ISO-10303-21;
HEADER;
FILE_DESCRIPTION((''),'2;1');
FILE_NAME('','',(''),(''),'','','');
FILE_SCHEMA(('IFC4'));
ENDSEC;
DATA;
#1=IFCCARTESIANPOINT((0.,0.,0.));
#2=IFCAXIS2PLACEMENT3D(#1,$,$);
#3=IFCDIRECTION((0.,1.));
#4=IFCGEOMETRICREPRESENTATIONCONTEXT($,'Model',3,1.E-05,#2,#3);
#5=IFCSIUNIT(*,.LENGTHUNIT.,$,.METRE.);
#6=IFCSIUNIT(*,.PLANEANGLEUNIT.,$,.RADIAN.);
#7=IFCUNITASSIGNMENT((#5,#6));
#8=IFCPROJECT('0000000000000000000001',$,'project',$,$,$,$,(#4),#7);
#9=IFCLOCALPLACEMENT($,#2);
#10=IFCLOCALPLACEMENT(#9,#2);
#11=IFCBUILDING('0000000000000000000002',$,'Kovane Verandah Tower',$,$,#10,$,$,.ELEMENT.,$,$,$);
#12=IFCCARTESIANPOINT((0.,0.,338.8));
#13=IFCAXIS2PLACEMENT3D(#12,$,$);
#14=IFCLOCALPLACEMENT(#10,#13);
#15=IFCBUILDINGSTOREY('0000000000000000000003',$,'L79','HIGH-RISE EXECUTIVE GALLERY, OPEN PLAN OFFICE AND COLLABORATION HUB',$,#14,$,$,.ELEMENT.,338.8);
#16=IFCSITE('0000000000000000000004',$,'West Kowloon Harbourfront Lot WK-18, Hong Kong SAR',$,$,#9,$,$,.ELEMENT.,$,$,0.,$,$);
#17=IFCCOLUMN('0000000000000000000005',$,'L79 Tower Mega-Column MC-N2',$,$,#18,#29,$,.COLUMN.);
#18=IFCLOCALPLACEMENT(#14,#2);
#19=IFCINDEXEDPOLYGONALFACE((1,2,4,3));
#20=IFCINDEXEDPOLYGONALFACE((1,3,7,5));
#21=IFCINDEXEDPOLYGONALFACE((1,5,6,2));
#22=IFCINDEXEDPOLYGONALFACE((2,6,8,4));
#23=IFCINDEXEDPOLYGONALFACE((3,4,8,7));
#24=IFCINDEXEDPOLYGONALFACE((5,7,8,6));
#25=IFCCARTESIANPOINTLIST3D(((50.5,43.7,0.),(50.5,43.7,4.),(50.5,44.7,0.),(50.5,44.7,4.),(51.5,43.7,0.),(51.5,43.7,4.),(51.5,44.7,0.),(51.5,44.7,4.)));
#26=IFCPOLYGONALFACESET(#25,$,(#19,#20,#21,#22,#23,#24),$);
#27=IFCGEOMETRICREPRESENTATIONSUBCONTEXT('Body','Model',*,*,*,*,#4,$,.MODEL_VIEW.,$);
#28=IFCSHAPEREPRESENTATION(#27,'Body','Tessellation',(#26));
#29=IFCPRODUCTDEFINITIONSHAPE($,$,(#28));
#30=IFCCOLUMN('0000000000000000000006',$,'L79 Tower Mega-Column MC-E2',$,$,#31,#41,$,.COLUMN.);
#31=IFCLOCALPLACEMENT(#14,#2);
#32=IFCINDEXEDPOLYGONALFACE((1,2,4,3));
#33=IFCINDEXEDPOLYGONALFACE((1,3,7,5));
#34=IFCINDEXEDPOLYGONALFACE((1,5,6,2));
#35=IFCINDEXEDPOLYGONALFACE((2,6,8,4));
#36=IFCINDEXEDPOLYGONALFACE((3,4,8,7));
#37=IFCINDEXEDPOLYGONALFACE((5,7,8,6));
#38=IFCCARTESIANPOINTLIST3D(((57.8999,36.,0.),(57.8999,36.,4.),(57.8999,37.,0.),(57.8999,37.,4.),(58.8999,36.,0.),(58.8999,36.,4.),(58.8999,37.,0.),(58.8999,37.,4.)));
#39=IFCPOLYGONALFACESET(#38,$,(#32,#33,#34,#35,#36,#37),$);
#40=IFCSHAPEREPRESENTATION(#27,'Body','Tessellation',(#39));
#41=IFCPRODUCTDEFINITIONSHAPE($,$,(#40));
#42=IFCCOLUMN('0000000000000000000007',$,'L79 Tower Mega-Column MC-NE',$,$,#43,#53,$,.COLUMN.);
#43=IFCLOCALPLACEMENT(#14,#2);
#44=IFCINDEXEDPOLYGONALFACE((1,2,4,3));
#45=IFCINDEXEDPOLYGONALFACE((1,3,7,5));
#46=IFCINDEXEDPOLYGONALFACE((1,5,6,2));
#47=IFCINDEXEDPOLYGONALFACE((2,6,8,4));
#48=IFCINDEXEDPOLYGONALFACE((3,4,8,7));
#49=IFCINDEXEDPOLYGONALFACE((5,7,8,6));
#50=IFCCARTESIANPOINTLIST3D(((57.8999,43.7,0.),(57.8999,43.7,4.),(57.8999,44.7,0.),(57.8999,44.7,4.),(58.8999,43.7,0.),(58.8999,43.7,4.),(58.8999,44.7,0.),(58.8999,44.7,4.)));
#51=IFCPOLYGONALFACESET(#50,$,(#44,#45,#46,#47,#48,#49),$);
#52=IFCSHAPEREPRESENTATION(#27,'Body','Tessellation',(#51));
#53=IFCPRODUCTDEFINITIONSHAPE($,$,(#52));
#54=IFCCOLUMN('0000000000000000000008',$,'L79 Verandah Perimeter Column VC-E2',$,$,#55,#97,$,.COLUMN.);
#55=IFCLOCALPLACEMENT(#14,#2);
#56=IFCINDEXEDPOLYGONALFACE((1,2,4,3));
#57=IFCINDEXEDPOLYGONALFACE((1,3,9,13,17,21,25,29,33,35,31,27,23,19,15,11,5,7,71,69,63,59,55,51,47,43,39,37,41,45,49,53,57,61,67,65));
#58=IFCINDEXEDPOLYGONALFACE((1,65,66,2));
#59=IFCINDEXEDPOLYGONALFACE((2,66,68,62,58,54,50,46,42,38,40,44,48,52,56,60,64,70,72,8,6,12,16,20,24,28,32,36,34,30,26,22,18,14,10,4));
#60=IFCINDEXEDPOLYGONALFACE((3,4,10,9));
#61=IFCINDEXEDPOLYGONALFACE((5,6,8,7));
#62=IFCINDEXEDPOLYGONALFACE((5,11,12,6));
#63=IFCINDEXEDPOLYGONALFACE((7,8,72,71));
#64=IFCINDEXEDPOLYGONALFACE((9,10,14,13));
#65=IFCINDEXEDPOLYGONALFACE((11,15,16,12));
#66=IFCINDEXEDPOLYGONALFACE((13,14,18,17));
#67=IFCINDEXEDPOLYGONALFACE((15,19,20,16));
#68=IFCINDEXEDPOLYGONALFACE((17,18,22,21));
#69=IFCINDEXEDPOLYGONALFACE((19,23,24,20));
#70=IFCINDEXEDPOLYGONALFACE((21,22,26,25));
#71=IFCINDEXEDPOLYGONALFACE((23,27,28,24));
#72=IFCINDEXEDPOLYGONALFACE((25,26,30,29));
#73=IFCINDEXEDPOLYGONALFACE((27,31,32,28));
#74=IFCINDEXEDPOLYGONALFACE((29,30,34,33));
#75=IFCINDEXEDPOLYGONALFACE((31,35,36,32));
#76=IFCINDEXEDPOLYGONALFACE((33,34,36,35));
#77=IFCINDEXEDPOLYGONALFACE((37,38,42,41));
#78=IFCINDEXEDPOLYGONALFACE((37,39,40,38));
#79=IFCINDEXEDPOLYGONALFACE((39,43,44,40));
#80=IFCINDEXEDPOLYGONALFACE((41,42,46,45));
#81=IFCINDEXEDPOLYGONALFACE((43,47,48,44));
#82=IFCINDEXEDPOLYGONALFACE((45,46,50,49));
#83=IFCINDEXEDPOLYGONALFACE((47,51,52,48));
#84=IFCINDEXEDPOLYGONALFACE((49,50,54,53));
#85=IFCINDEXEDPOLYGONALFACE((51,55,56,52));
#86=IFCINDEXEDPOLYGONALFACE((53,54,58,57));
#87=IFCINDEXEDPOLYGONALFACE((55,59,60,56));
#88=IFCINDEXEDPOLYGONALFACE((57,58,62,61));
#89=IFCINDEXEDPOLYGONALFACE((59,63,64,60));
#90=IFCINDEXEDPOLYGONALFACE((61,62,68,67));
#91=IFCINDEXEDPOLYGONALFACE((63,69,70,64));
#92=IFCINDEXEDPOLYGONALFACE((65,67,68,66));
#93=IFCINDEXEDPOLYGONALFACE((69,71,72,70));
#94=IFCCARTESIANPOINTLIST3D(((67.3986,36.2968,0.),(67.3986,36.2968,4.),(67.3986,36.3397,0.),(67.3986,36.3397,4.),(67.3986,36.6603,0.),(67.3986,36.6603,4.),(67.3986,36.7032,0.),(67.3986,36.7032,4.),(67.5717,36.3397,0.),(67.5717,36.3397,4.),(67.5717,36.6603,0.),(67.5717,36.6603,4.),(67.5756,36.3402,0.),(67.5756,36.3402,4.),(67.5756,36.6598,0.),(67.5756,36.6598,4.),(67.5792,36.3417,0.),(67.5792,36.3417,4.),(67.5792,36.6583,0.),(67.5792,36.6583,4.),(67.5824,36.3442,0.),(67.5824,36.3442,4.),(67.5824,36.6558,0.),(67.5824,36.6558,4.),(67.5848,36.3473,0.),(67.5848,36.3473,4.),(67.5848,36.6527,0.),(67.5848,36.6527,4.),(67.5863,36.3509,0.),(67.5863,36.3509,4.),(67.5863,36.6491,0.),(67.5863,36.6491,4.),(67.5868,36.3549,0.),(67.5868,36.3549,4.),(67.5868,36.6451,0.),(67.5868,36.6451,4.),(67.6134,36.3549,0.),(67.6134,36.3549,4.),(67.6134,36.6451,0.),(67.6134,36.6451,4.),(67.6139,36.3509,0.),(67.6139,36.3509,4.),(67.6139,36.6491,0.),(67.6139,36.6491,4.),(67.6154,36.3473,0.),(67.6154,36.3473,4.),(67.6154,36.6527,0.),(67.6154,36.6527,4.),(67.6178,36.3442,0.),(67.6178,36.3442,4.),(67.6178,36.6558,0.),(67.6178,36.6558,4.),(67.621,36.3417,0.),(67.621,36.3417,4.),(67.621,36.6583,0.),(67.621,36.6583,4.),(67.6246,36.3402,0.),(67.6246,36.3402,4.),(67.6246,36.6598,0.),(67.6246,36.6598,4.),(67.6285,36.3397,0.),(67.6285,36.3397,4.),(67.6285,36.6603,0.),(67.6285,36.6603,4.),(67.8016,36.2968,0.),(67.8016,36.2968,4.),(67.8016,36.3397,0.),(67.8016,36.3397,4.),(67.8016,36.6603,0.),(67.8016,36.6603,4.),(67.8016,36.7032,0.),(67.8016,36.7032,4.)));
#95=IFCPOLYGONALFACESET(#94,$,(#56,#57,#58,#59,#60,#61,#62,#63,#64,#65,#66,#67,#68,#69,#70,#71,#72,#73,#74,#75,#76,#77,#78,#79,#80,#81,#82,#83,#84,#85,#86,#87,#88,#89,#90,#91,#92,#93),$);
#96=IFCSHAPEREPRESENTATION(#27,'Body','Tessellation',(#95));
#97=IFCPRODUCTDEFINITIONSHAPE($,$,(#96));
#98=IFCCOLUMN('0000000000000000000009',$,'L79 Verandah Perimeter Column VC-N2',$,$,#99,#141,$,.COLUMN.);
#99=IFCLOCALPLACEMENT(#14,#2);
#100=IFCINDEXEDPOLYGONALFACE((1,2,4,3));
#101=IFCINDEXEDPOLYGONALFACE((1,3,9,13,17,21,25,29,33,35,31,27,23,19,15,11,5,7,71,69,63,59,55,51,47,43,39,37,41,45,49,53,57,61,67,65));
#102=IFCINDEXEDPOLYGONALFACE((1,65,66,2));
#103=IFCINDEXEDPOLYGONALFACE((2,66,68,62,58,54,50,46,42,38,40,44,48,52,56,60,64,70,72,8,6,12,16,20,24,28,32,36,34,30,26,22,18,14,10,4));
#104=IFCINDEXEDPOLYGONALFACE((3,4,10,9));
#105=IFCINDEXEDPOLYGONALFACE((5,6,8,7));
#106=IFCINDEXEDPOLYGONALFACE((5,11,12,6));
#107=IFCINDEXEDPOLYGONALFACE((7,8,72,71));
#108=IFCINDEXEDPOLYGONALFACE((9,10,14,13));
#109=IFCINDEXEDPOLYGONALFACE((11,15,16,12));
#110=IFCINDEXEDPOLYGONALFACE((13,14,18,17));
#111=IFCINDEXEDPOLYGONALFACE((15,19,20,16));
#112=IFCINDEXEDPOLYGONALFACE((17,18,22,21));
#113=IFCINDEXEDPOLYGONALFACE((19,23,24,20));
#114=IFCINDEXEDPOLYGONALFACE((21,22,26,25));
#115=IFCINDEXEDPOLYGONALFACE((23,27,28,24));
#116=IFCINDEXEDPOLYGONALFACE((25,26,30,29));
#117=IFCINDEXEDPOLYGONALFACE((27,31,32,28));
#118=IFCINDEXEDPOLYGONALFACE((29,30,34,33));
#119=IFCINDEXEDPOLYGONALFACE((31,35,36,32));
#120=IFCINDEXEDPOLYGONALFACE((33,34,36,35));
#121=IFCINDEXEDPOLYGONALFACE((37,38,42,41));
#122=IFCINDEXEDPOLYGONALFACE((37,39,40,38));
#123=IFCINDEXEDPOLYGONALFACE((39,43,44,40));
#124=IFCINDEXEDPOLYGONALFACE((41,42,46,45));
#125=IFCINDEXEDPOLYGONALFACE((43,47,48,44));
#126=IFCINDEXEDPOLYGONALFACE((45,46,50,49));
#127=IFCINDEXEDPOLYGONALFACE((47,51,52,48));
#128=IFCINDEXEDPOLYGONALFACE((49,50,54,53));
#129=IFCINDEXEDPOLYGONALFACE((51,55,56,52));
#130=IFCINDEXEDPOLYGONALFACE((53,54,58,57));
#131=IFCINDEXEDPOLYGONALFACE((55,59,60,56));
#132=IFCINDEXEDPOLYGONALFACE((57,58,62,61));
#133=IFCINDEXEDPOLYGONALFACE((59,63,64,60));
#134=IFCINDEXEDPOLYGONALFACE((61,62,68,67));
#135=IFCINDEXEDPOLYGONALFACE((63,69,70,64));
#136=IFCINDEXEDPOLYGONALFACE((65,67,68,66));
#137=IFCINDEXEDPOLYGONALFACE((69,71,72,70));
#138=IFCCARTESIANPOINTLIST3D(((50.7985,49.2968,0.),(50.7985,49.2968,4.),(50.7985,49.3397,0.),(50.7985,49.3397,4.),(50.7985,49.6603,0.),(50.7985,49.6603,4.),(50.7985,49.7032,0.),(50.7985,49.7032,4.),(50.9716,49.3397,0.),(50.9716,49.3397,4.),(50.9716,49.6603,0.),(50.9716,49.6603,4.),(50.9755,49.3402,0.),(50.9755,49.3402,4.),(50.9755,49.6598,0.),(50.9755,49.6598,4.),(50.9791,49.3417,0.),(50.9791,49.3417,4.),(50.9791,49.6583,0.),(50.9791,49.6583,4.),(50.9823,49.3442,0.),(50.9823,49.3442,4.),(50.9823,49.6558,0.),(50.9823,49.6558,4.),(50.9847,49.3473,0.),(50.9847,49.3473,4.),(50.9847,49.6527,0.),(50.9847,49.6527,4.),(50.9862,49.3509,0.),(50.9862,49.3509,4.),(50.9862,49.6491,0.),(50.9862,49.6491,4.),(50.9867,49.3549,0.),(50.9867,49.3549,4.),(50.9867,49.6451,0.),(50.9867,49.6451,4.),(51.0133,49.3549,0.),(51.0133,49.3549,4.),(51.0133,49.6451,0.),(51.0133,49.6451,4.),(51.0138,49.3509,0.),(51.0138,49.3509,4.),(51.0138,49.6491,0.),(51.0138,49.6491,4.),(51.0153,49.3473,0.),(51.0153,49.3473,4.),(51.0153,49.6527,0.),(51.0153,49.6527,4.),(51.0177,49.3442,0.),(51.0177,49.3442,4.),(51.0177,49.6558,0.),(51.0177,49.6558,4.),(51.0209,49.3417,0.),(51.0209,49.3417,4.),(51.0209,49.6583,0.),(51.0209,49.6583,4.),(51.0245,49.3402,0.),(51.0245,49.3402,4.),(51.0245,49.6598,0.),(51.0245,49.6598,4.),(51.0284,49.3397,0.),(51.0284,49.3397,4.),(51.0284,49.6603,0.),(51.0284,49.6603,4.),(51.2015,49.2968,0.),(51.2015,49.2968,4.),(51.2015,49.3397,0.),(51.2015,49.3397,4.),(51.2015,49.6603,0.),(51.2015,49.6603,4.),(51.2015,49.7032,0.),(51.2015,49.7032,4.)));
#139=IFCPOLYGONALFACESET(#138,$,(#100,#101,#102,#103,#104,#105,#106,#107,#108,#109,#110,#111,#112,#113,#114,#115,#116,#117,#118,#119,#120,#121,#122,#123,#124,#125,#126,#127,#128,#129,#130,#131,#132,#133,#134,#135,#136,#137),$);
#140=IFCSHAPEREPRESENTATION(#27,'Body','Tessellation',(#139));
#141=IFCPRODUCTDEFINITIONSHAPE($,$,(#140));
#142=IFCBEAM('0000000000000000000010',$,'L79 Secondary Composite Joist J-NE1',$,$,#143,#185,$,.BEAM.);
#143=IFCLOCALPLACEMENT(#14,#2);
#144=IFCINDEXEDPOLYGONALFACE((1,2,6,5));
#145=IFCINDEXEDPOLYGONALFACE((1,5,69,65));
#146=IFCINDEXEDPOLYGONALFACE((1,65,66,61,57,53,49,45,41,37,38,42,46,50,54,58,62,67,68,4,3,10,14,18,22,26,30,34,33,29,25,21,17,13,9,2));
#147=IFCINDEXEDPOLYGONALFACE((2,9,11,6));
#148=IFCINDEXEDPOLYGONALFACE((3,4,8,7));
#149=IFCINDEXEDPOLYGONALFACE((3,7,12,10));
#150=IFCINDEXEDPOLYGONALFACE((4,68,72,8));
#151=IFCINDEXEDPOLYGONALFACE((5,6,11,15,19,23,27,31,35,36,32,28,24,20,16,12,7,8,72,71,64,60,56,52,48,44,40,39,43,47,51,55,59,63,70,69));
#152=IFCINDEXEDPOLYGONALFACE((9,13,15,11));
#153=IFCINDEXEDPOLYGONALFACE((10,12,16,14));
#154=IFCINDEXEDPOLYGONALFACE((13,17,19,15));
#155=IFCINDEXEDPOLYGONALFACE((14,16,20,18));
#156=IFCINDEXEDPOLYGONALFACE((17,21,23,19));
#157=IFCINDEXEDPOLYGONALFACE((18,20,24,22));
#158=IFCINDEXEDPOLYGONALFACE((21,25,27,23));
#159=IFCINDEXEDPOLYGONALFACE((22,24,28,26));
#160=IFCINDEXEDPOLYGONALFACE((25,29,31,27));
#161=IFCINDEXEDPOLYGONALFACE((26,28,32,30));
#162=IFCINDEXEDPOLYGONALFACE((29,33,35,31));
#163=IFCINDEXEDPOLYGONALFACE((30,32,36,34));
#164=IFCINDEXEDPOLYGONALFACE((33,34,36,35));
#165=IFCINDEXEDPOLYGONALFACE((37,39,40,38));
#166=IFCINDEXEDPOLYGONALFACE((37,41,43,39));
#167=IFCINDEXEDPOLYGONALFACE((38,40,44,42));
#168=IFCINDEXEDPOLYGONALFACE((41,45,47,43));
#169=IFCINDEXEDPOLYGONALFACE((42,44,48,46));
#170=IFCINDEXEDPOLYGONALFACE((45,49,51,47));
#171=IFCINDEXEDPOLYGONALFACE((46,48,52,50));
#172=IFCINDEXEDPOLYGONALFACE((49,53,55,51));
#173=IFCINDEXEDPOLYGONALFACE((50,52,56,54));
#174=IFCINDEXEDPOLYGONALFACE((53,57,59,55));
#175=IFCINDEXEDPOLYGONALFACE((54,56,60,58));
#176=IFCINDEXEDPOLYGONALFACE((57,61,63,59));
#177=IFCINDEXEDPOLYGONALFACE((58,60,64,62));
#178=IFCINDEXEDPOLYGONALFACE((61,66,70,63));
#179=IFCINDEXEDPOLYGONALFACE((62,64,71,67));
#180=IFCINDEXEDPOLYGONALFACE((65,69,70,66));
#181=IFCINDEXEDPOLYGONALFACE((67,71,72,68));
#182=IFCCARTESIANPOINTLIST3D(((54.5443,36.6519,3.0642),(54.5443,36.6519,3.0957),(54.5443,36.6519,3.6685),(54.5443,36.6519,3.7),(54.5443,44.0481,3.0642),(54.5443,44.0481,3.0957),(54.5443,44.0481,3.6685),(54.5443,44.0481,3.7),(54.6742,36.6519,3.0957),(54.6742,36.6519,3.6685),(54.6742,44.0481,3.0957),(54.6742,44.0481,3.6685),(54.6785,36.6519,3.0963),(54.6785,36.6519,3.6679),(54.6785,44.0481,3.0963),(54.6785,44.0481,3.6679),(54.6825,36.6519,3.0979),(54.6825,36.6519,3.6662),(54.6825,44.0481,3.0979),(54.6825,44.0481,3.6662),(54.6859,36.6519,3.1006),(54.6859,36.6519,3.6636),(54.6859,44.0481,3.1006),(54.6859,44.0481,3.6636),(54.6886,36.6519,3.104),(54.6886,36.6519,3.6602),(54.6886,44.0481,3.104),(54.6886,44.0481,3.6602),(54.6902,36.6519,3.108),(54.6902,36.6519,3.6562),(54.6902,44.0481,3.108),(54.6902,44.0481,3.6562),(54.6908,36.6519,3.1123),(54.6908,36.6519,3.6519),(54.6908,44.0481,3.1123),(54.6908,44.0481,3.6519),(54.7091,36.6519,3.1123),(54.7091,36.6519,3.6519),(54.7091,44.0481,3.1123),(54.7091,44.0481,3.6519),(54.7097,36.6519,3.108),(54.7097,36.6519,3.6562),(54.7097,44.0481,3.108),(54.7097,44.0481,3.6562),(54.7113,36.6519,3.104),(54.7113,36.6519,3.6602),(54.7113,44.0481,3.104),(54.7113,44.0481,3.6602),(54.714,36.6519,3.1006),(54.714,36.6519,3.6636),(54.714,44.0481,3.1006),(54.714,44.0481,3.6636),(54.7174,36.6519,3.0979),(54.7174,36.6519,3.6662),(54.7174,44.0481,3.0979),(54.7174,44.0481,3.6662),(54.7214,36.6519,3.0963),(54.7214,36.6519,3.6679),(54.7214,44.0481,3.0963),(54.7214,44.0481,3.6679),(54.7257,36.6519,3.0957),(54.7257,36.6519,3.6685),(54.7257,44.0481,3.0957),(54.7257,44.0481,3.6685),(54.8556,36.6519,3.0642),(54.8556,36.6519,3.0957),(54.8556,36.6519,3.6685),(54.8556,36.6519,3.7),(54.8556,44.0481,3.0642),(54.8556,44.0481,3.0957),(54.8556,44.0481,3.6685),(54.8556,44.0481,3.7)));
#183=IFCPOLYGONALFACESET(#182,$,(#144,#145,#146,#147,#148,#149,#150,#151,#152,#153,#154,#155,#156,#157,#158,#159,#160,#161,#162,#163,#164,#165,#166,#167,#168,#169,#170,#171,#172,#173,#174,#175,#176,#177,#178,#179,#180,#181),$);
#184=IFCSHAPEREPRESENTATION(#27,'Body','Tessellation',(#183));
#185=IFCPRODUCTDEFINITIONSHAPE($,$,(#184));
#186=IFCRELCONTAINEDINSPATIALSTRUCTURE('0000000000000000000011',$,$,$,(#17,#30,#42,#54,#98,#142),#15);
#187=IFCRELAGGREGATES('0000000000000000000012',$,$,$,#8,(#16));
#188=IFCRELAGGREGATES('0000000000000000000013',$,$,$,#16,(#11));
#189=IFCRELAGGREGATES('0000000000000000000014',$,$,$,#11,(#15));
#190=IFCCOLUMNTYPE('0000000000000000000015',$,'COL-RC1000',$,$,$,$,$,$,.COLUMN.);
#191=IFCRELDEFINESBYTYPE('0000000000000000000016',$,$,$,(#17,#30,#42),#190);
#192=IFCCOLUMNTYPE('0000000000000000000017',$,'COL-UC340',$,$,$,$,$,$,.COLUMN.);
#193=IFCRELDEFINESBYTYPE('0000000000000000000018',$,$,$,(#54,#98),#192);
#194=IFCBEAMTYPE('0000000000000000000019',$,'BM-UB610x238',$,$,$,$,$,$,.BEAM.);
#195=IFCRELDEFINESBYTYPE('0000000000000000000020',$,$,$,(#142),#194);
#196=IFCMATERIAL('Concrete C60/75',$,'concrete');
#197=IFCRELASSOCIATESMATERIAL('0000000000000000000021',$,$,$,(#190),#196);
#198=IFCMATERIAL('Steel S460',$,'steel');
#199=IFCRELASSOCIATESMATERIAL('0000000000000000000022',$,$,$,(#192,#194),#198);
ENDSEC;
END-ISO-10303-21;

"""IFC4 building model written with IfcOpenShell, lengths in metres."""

from ifc_helpers import new_model, si_unit, direction, frame, origin, origin_2d, place, context, subcontext, project, spatial, rectangle, i_section, extrude, material, material_profile, profile_set, type_object, element, save


model = new_model("IFC4")

# Units and contexts
model_context = context("Model", 3, precision=1e-05, world=origin(), true_north=direction((0.0, 1.0)))
body_context = subcontext(model_context, "Body", "Model", "MODEL_VIEW")
ifc_project = project(units=[si_unit("LENGTHUNIT", "METRE"), si_unit("PLANEANGLEUNIT", "RADIAN")], contexts=[model_context])

# Site, building, storey
site_placement = place(None, origin())
site = spatial("IfcSite", under=ifc_project, at=site_placement, Name="West Kowloon Harbourfront Lot WK-18, Hong Kong SAR", CompositionType="ELEMENT", RefElevation=0.0)
building_placement = place(site_placement, origin())
building = spatial("IfcBuilding", under=site, at=building_placement, Name="Kovane Verandah Tower", CompositionType="ELEMENT")
storey_placement = place(building_placement, frame((0.0, 0.0, 338.8)))
storey = spatial("IfcBuildingStorey", under=building, at=storey_placement, Name="L79", Description="HIGH-RISE EXECUTIVE GALLERY, OPEN PLAN OFFICE AND COLLABORATION HUB", CompositionType="ELEMENT", Elevation=338.8)

# Columns
ifc_material_1 = material(Name="Concrete C60/75", Category="concrete")
ifc_material_profile_1 = material_profile(ifc_material_1, rectangle(XDim=1.0, YDim=1.0, at=origin_2d()), Name="RC1000x1000")
ifc_profile_set_1 = profile_set([ifc_material_profile_1], Name="Concrete C60/75")
column_type_1 = type_object("IfcColumnType", Name="COL-RC1000", PredefinedType="COLUMN", material=ifc_profile_set_1)
for number, where, z_axis, x_axis, name in (
    (1, (51.0, 44.2, 0.0), (0.0, 0.0, 1.0), (1.0, 0.0, 0.0), "L79 Tower Mega-Column MC-N2"),
    (2, (58.3999, 36.5, 0.0), (0.0, 0.0, 1.0), (1.0, 0.0, 0.0), "L79 Tower Mega-Column MC-E2"),
    (3, (58.3999, 44.2, 0.0), (0.0, 0.0, 1.0), (1.0, 0.0, 0.0), "L79 Tower Mega-Column MC-NE"),
):
    element("IfcColumn", number, at=place(storey_placement, frame(where, z_axis=z_axis, x_axis=x_axis)), inside=storey, type_object=column_type_1, Name=name, PredefinedType="COLUMN", context=body_context, shape_type="SweptSolid", body=[
        extrude(rectangle(XDim=1.0, YDim=1.0, at=origin_2d()), origin(), (0.0, 0.0, 1.0), 4.0),
    ])
ifc_material_2 = material(Name="Steel S460", Category="steel")
ifc_material_profile_2 = material_profile(ifc_material_2, i_section(OverallWidth=0.4031, OverallDepth=0.4065, WebThickness=0.0266, FlangeThickness=0.043, FilletRadius=0.0151, at=origin_2d()), Name="UC356x406x340")
ifc_profile_set_2 = profile_set([ifc_material_profile_2], Name="Steel S460")
column_type_2 = type_object("IfcColumnType", Name="COL-UC340", PredefinedType="COLUMN", material=ifc_profile_set_2)
for number, where, z_axis, x_axis, name in (
    (4, (67.6001, 36.5, 0.0), (0.0, 0.0, 1.0), (1.0, 0.0, 0.0), "L79 Verandah Perimeter Column VC-E2"),
    (5, (51.0, 49.5, 0.0), (0.0, 0.0, 1.0), (1.0, 0.0, 0.0), "L79 Verandah Perimeter Column VC-N2"),
):
    element("IfcColumn", number, at=place(storey_placement, frame(where, z_axis=z_axis, x_axis=x_axis)), inside=storey, type_object=column_type_2, Name=name, PredefinedType="COLUMN", context=body_context, shape_type="SweptSolid", body=[
        extrude(i_section(OverallWidth=0.4031, OverallDepth=0.4065, WebThickness=0.0266, FlangeThickness=0.043, FilletRadius=0.0151, at=origin_2d()), origin(), (0.0, 0.0, 1.0), 4.0),
    ])

# Beam
ifc_material_profile_3 = material_profile(ifc_material_2, i_section(OverallWidth=0.3113, OverallDepth=0.6357, WebThickness=0.0183, FlangeThickness=0.0315, FilletRadius=0.0166, at=origin_2d()), Name="UB610x305x238")
ifc_profile_set_3 = profile_set([ifc_material_profile_3], Name="Steel S460")
beam_type_1 = type_object("IfcBeamType", Name="BM-UB610x238", PredefinedType="BEAM", material=ifc_profile_set_3)
beam_1_placement = place(storey_placement, frame((54.7, 36.6519, 3.3821), z_axis=(0.0, 1.0, 0.0), x_axis=(-1.0, 0.0, 0.0)))
element("IfcBeam", 6, at=beam_1_placement, inside=storey, type_object=beam_type_1, Name="L79 Secondary Composite Joist J-NE1", PredefinedType="BEAM", context=body_context, shape_type="SweptSolid", body=[
    extrude(i_section(OverallWidth=0.3113, OverallDepth=0.6357, WebThickness=0.0183, FlangeThickness=0.0315, FilletRadius=0.0166, at=origin_2d()), origin(), (0.0, 0.0, 1.0), 7.3962),
])

save(model, "model.ifc")
